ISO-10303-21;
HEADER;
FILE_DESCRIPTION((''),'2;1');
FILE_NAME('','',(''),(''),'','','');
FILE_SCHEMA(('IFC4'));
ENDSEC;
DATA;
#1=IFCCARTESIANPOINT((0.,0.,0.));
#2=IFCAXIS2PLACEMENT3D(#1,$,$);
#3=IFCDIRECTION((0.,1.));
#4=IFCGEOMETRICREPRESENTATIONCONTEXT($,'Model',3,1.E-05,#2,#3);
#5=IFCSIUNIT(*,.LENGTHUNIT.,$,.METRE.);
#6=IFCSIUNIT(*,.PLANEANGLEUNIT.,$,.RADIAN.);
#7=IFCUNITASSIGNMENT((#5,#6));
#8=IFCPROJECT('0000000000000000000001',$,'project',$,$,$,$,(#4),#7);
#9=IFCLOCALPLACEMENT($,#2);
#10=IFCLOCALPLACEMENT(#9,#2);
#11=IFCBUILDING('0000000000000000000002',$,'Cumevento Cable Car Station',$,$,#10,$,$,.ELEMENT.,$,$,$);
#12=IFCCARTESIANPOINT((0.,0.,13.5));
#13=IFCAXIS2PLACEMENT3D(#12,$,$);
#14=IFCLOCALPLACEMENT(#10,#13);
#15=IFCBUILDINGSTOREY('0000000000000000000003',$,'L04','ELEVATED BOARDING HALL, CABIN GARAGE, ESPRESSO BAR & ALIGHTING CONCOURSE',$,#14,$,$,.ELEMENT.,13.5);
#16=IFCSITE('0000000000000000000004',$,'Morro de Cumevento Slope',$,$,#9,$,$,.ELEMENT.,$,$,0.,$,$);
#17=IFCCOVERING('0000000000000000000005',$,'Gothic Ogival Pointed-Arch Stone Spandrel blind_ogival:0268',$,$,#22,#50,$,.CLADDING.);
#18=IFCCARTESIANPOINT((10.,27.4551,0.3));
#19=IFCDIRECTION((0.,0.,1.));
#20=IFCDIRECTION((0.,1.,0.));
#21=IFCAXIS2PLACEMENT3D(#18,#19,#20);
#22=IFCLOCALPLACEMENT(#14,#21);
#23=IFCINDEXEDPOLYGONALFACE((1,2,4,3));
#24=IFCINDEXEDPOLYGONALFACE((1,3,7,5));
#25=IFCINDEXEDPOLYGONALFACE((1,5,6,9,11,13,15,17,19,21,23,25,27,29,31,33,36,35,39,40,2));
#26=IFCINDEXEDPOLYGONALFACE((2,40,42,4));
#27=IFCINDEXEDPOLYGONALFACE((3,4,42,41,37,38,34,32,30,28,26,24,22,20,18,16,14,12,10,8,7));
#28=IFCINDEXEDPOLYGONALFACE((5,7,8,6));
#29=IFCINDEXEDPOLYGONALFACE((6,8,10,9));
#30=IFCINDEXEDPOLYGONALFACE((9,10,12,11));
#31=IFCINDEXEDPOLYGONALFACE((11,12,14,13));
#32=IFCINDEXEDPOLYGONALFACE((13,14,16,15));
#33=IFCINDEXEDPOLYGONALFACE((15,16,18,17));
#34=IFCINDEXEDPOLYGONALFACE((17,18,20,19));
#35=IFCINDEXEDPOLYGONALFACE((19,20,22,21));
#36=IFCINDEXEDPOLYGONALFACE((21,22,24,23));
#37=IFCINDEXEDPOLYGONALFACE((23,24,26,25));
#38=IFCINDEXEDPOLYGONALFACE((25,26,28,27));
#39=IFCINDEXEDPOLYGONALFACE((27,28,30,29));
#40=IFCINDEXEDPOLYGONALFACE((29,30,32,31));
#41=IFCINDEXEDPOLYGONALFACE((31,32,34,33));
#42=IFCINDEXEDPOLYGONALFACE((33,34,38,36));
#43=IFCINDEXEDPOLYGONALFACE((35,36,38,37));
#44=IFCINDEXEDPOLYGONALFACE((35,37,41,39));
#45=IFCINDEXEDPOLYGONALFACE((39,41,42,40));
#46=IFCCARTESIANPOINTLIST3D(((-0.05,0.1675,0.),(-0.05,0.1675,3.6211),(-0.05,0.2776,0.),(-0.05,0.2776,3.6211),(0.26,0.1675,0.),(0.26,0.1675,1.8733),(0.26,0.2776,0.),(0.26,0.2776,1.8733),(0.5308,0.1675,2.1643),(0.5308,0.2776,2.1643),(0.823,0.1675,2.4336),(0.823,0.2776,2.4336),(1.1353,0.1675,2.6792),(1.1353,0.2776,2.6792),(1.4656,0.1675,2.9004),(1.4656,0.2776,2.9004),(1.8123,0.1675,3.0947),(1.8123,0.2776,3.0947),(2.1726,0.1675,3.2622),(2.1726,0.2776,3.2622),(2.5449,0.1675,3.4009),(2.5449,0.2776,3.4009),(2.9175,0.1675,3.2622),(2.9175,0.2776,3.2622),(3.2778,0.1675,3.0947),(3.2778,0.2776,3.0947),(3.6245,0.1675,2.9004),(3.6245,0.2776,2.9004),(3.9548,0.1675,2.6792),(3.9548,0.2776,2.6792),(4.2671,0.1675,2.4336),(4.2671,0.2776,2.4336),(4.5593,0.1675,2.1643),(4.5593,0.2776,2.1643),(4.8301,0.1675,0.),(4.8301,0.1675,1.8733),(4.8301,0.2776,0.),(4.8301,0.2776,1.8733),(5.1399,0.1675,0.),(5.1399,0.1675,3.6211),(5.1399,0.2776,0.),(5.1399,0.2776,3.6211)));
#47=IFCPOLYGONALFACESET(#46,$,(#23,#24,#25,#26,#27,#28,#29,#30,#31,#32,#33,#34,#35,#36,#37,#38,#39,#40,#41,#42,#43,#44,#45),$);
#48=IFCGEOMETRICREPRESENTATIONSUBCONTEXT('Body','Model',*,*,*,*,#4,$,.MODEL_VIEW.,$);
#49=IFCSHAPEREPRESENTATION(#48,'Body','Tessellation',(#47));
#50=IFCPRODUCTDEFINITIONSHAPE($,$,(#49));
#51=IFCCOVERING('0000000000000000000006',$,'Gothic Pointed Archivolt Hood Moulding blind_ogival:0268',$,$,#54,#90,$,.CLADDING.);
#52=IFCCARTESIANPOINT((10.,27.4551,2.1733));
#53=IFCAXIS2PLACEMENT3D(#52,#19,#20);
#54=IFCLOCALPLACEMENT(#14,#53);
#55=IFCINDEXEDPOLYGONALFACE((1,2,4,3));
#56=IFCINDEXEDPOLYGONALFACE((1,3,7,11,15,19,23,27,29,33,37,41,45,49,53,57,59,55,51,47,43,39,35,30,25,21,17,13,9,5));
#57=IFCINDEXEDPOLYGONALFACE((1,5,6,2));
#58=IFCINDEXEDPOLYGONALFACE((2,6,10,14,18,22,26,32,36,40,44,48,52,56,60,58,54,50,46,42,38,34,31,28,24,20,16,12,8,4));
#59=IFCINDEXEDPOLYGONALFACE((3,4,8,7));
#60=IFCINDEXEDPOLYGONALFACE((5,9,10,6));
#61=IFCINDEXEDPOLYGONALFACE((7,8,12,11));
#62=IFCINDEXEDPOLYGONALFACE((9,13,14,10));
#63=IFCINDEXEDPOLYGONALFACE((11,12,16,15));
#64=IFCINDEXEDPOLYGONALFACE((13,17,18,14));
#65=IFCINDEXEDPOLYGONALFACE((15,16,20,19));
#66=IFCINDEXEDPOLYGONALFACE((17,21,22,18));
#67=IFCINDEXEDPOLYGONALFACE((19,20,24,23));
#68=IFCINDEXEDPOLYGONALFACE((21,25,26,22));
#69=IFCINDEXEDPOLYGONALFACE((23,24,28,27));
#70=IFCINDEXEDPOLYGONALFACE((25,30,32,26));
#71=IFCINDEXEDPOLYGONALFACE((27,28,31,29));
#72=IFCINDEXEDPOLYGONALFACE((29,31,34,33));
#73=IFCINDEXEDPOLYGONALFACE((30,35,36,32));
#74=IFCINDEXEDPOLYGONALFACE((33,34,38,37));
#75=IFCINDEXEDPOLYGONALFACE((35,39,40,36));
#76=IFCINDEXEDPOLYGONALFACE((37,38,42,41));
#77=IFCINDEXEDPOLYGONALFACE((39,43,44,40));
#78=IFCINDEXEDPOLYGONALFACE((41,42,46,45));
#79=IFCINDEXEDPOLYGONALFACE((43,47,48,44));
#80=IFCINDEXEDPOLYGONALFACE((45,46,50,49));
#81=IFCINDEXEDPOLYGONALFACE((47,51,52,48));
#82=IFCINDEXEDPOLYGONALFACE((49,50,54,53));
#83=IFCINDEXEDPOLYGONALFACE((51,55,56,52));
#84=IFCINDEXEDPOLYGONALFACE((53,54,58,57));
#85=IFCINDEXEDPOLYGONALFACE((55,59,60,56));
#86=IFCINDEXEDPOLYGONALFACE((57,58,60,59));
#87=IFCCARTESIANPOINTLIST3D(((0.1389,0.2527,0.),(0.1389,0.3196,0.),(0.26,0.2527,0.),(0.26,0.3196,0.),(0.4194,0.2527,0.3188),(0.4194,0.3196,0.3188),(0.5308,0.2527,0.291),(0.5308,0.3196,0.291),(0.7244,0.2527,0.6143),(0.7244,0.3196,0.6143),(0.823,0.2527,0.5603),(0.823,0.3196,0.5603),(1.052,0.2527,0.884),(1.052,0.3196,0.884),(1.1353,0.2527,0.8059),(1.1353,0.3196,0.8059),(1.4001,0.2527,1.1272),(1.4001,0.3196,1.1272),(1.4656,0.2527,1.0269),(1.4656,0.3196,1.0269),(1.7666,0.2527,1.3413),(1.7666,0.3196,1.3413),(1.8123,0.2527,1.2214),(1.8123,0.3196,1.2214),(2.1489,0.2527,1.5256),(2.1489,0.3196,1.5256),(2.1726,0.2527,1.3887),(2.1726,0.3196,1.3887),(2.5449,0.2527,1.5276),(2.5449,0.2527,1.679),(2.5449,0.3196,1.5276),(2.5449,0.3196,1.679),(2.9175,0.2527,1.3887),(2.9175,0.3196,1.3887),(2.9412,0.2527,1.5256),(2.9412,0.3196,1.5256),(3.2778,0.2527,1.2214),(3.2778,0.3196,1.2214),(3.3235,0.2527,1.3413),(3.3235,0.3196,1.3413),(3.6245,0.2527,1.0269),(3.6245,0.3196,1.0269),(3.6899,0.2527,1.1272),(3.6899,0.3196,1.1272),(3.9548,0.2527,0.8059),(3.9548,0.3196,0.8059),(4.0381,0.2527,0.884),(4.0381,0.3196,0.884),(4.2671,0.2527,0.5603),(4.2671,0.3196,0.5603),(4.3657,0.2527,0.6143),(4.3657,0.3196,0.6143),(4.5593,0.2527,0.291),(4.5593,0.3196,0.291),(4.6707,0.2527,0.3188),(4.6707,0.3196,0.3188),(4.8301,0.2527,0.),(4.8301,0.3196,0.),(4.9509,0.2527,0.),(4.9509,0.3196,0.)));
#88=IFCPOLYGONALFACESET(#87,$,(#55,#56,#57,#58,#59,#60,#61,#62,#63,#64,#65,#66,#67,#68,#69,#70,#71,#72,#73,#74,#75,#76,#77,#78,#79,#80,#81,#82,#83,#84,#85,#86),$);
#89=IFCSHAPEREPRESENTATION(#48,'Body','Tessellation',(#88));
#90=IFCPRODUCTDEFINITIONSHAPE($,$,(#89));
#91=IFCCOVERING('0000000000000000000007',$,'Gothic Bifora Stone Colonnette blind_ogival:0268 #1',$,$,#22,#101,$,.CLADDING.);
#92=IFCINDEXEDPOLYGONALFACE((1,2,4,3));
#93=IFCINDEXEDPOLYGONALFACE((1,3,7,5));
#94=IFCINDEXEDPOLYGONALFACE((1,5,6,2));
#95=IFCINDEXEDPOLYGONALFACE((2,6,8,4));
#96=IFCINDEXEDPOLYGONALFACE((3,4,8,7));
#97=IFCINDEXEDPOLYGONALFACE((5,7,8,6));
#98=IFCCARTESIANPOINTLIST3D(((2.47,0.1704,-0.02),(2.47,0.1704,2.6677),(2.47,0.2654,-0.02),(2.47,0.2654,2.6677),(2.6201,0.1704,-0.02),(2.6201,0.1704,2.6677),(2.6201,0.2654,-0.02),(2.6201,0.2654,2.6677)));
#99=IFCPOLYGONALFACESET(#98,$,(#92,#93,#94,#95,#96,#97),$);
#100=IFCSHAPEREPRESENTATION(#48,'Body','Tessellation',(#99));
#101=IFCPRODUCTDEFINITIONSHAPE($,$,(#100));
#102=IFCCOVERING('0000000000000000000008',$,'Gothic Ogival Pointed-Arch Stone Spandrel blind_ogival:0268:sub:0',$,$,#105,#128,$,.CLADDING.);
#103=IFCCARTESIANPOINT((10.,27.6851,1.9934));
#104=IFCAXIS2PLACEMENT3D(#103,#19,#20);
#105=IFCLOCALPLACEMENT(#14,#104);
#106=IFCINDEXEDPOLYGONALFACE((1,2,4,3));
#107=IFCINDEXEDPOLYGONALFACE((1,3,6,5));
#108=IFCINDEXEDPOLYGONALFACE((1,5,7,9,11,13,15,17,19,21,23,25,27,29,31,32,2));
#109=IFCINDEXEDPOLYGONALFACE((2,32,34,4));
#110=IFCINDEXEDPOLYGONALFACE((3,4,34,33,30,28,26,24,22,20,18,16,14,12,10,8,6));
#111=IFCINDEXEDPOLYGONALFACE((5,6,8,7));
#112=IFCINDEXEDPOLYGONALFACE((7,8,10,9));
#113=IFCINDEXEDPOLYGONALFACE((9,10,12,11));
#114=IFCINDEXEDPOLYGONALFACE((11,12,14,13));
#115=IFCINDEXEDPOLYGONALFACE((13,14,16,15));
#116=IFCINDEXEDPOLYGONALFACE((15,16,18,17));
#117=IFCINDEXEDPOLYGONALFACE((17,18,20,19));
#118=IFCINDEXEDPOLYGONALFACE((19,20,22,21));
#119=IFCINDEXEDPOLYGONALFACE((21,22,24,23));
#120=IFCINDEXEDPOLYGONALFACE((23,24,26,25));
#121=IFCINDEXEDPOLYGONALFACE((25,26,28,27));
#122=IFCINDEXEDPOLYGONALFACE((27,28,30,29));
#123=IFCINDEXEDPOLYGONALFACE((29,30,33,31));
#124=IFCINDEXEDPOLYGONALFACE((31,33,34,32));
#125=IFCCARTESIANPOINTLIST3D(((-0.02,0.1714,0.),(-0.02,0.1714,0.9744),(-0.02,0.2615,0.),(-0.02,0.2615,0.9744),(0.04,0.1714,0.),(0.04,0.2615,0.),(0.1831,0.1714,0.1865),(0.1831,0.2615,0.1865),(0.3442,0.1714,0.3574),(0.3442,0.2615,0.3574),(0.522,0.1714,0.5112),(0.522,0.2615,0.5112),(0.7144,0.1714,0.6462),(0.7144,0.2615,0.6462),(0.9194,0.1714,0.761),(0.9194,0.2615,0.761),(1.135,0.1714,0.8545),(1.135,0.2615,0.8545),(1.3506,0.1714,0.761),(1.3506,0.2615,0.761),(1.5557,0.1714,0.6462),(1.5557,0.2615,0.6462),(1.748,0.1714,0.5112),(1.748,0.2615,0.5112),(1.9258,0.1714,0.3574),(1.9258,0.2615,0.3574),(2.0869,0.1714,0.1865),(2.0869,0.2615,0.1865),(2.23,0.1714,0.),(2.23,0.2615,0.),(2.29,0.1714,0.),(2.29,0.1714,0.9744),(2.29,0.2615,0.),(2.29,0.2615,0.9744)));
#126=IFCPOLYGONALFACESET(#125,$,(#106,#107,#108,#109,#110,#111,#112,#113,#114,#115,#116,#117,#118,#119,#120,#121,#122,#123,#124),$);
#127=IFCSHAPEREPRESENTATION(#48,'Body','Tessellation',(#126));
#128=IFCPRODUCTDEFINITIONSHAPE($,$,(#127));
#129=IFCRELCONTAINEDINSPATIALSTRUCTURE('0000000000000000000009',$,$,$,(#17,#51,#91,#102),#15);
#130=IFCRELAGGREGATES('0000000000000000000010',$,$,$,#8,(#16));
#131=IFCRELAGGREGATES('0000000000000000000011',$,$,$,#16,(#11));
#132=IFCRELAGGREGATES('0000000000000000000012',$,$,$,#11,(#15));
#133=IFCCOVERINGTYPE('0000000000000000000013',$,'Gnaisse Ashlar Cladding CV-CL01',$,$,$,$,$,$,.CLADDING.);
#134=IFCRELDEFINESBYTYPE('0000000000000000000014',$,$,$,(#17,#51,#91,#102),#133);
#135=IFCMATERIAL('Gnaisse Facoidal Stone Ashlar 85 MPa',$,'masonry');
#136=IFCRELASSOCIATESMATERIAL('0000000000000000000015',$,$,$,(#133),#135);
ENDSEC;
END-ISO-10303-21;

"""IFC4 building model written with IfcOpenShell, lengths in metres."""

from ifc_helpers import new_model, si_unit, direction, frame, origin, place, context, subcontext, project, spatial, polyline, outline, extrude, material, type_object, element, save


model = new_model("IFC4")

# Units and contexts
model_context = context("Model", 3, precision=1e-05, world=origin(), true_north=direction((0.0, 1.0)))
body_context = subcontext(model_context, "Body", "Model", "MODEL_VIEW")
ifc_project = project(units=[si_unit("LENGTHUNIT", "METRE"), si_unit("PLANEANGLEUNIT", "RADIAN")], contexts=[model_context])

# Site, building, storey
site_placement = place(None, origin())
site = spatial("IfcSite", under=ifc_project, at=site_placement, Name="Morro de Cumevento Slope", CompositionType="ELEMENT", RefElevation=0.0)
building_placement = place(site_placement, origin())
building = spatial("IfcBuilding", under=site, at=building_placement, Name="Cumevento Cable Car Station", CompositionType="ELEMENT")
storey_placement = place(building_placement, frame((0.0, 0.0, 13.5)))
storey = spatial("IfcBuildingStorey", under=building, at=storey_placement, Name="L04", Description="ELEVATED BOARDING HALL, CABIN GARAGE, ESPRESSO BAR & ALIGHTING CONCOURSE", CompositionType="ELEMENT", Elevation=13.5)

# Coverings
ifc_material_1 = material(Name="Gnaisse Facoidal Stone Ashlar 85 MPa", Category="masonry")
covering_type = type_object("IfcCoveringType", Name="Gnaisse Ashlar Cladding CV-CL01", PredefinedType="CLADDING", material=ifc_material_1)
placement_1 = place(storey_placement, frame((10.0, 27.4551, 0.3), z_axis=(0.0, 0.0, 1.0), x_axis=(0.0, 1.0, 0.0)))
element("IfcCovering", 1, at=placement_1, inside=storey, type_object=covering_type, Name="Gothic Ogival Pointed-Arch Stone Spandrel blind_ogival:0268", PredefinedType="CLADDING", context=body_context, shape_type="SweptSolid", body=[
    extrude(outline(polyline([(-0.05, 0.0), (-0.05, 3.6211), (5.1399, 3.6211), (5.1399, 0.0), (4.8301, 0.0), (4.8301, 1.8733), (4.5593, 2.1643), (4.2671, 2.4336), (3.9548, 2.6792), (3.6245, 2.9004), (3.2778, 3.0947), (2.9175, 3.2622), (2.5449, 3.4009), (2.1726, 3.2622), (1.8123, 3.0947), (1.4656, 2.9004), (1.1353, 2.6792), (0.823, 2.4336), (0.5308, 2.1643), (0.26, 1.8733), (0.26, 0.0), (-0.05, 0.0)])), frame((0.0, 0.2776, 0.0), z_axis=(0.0, -1.0, 0.0), x_axis=(1.0, 0.0, 0.0)), (0.0, 0.0, 1.0), 0.1101),
])
covering_1_placement = place(storey_placement, frame((10.0, 27.4551, 2.1733), z_axis=(0.0, 0.0, 1.0), x_axis=(0.0, 1.0, 0.0)))
element("IfcCovering", 2, at=covering_1_placement, inside=storey, type_object=covering_type, Name="Gothic Pointed Archivolt Hood Moulding blind_ogival:0268", PredefinedType="CLADDING", context=body_context, shape_type="SweptSolid", body=[
    extrude(outline(polyline([(0.26, 0.0), (0.5308, 0.291), (0.823, 0.5603), (1.1353, 0.8059), (1.4656, 1.0269), (1.8123, 1.2214), (2.1726, 1.3887), (2.5449, 1.5276), (2.9175, 1.3887), (3.2778, 1.2214), (3.6245, 1.0269), (3.9548, 0.8059), (4.2671, 0.5603), (4.5593, 0.291), (4.8301, 0.0), (4.9509, 0.0), (4.6707, 0.3188), (4.3657, 0.6143), (4.0381, 0.884), (3.6899, 1.1272), (3.3235, 1.3413), (2.9412, 1.5256), (2.5449, 1.679), (2.1489, 1.5256), (1.7666, 1.3413), (1.4001, 1.1272), (1.052, 0.884), (0.7244, 0.6143), (0.4194, 0.3188), (0.1389, 0.0), (0.26, 0.0)])), frame((0.0, 0.3196, 0.0), z_axis=(0.0, -1.0, 0.0), x_axis=(1.0, 0.0, 0.0)), (0.0, 0.0, 1.0), 0.0669),
])
element("IfcCovering", 3, at=placement_1, inside=storey, type_object=covering_type, Name="Gothic Bifora Stone Colonnette blind_ogival:0268 #1", PredefinedType="CLADDING", context=body_context, shape_type="SweptSolid", body=[
    extrude(outline(polyline([(2.47, -0.02), (2.6201, -0.02), (2.6201, 2.6677), (2.47, 2.6677), (2.47, -0.02)])), frame((0.0, 0.2654, 0.0), z_axis=(0.0, -1.0, 0.0), x_axis=(1.0, 0.0, 0.0)), (0.0, 0.0, 1.0), 0.095),
])
covering_2_placement = place(storey_placement, frame((10.0, 27.6851, 1.9934), z_axis=(0.0, 0.0, 1.0), x_axis=(0.0, 1.0, 0.0)))
element("IfcCovering", 4, at=covering_2_placement, inside=storey, type_object=covering_type, Name="Gothic Ogival Pointed-Arch Stone Spandrel blind_ogival:0268:sub:0", PredefinedType="CLADDING", context=body_context, shape_type="SweptSolid", body=[
    extrude(outline(polyline([(-0.02, 0.0), (-0.02, 0.9744), (2.29, 0.9744), (2.29, 0.0), (2.23, 0.0), (2.0869, 0.1865), (1.9258, 0.3574), (1.748, 0.5112), (1.5557, 0.6462), (1.3506, 0.761), (1.135, 0.8545), (0.9194, 0.761), (0.7144, 0.6462), (0.522, 0.5112), (0.3442, 0.3574), (0.1831, 0.1865), (0.04, 0.0), (-0.02, 0.0)])), frame((0.0, 0.2615, 0.0), z_axis=(0.0, -1.0, 0.0), x_axis=(1.0, 0.0, 0.0)), (0.0, 0.0, 1.0), 0.0901),
])

save(model, "model.ifc")
